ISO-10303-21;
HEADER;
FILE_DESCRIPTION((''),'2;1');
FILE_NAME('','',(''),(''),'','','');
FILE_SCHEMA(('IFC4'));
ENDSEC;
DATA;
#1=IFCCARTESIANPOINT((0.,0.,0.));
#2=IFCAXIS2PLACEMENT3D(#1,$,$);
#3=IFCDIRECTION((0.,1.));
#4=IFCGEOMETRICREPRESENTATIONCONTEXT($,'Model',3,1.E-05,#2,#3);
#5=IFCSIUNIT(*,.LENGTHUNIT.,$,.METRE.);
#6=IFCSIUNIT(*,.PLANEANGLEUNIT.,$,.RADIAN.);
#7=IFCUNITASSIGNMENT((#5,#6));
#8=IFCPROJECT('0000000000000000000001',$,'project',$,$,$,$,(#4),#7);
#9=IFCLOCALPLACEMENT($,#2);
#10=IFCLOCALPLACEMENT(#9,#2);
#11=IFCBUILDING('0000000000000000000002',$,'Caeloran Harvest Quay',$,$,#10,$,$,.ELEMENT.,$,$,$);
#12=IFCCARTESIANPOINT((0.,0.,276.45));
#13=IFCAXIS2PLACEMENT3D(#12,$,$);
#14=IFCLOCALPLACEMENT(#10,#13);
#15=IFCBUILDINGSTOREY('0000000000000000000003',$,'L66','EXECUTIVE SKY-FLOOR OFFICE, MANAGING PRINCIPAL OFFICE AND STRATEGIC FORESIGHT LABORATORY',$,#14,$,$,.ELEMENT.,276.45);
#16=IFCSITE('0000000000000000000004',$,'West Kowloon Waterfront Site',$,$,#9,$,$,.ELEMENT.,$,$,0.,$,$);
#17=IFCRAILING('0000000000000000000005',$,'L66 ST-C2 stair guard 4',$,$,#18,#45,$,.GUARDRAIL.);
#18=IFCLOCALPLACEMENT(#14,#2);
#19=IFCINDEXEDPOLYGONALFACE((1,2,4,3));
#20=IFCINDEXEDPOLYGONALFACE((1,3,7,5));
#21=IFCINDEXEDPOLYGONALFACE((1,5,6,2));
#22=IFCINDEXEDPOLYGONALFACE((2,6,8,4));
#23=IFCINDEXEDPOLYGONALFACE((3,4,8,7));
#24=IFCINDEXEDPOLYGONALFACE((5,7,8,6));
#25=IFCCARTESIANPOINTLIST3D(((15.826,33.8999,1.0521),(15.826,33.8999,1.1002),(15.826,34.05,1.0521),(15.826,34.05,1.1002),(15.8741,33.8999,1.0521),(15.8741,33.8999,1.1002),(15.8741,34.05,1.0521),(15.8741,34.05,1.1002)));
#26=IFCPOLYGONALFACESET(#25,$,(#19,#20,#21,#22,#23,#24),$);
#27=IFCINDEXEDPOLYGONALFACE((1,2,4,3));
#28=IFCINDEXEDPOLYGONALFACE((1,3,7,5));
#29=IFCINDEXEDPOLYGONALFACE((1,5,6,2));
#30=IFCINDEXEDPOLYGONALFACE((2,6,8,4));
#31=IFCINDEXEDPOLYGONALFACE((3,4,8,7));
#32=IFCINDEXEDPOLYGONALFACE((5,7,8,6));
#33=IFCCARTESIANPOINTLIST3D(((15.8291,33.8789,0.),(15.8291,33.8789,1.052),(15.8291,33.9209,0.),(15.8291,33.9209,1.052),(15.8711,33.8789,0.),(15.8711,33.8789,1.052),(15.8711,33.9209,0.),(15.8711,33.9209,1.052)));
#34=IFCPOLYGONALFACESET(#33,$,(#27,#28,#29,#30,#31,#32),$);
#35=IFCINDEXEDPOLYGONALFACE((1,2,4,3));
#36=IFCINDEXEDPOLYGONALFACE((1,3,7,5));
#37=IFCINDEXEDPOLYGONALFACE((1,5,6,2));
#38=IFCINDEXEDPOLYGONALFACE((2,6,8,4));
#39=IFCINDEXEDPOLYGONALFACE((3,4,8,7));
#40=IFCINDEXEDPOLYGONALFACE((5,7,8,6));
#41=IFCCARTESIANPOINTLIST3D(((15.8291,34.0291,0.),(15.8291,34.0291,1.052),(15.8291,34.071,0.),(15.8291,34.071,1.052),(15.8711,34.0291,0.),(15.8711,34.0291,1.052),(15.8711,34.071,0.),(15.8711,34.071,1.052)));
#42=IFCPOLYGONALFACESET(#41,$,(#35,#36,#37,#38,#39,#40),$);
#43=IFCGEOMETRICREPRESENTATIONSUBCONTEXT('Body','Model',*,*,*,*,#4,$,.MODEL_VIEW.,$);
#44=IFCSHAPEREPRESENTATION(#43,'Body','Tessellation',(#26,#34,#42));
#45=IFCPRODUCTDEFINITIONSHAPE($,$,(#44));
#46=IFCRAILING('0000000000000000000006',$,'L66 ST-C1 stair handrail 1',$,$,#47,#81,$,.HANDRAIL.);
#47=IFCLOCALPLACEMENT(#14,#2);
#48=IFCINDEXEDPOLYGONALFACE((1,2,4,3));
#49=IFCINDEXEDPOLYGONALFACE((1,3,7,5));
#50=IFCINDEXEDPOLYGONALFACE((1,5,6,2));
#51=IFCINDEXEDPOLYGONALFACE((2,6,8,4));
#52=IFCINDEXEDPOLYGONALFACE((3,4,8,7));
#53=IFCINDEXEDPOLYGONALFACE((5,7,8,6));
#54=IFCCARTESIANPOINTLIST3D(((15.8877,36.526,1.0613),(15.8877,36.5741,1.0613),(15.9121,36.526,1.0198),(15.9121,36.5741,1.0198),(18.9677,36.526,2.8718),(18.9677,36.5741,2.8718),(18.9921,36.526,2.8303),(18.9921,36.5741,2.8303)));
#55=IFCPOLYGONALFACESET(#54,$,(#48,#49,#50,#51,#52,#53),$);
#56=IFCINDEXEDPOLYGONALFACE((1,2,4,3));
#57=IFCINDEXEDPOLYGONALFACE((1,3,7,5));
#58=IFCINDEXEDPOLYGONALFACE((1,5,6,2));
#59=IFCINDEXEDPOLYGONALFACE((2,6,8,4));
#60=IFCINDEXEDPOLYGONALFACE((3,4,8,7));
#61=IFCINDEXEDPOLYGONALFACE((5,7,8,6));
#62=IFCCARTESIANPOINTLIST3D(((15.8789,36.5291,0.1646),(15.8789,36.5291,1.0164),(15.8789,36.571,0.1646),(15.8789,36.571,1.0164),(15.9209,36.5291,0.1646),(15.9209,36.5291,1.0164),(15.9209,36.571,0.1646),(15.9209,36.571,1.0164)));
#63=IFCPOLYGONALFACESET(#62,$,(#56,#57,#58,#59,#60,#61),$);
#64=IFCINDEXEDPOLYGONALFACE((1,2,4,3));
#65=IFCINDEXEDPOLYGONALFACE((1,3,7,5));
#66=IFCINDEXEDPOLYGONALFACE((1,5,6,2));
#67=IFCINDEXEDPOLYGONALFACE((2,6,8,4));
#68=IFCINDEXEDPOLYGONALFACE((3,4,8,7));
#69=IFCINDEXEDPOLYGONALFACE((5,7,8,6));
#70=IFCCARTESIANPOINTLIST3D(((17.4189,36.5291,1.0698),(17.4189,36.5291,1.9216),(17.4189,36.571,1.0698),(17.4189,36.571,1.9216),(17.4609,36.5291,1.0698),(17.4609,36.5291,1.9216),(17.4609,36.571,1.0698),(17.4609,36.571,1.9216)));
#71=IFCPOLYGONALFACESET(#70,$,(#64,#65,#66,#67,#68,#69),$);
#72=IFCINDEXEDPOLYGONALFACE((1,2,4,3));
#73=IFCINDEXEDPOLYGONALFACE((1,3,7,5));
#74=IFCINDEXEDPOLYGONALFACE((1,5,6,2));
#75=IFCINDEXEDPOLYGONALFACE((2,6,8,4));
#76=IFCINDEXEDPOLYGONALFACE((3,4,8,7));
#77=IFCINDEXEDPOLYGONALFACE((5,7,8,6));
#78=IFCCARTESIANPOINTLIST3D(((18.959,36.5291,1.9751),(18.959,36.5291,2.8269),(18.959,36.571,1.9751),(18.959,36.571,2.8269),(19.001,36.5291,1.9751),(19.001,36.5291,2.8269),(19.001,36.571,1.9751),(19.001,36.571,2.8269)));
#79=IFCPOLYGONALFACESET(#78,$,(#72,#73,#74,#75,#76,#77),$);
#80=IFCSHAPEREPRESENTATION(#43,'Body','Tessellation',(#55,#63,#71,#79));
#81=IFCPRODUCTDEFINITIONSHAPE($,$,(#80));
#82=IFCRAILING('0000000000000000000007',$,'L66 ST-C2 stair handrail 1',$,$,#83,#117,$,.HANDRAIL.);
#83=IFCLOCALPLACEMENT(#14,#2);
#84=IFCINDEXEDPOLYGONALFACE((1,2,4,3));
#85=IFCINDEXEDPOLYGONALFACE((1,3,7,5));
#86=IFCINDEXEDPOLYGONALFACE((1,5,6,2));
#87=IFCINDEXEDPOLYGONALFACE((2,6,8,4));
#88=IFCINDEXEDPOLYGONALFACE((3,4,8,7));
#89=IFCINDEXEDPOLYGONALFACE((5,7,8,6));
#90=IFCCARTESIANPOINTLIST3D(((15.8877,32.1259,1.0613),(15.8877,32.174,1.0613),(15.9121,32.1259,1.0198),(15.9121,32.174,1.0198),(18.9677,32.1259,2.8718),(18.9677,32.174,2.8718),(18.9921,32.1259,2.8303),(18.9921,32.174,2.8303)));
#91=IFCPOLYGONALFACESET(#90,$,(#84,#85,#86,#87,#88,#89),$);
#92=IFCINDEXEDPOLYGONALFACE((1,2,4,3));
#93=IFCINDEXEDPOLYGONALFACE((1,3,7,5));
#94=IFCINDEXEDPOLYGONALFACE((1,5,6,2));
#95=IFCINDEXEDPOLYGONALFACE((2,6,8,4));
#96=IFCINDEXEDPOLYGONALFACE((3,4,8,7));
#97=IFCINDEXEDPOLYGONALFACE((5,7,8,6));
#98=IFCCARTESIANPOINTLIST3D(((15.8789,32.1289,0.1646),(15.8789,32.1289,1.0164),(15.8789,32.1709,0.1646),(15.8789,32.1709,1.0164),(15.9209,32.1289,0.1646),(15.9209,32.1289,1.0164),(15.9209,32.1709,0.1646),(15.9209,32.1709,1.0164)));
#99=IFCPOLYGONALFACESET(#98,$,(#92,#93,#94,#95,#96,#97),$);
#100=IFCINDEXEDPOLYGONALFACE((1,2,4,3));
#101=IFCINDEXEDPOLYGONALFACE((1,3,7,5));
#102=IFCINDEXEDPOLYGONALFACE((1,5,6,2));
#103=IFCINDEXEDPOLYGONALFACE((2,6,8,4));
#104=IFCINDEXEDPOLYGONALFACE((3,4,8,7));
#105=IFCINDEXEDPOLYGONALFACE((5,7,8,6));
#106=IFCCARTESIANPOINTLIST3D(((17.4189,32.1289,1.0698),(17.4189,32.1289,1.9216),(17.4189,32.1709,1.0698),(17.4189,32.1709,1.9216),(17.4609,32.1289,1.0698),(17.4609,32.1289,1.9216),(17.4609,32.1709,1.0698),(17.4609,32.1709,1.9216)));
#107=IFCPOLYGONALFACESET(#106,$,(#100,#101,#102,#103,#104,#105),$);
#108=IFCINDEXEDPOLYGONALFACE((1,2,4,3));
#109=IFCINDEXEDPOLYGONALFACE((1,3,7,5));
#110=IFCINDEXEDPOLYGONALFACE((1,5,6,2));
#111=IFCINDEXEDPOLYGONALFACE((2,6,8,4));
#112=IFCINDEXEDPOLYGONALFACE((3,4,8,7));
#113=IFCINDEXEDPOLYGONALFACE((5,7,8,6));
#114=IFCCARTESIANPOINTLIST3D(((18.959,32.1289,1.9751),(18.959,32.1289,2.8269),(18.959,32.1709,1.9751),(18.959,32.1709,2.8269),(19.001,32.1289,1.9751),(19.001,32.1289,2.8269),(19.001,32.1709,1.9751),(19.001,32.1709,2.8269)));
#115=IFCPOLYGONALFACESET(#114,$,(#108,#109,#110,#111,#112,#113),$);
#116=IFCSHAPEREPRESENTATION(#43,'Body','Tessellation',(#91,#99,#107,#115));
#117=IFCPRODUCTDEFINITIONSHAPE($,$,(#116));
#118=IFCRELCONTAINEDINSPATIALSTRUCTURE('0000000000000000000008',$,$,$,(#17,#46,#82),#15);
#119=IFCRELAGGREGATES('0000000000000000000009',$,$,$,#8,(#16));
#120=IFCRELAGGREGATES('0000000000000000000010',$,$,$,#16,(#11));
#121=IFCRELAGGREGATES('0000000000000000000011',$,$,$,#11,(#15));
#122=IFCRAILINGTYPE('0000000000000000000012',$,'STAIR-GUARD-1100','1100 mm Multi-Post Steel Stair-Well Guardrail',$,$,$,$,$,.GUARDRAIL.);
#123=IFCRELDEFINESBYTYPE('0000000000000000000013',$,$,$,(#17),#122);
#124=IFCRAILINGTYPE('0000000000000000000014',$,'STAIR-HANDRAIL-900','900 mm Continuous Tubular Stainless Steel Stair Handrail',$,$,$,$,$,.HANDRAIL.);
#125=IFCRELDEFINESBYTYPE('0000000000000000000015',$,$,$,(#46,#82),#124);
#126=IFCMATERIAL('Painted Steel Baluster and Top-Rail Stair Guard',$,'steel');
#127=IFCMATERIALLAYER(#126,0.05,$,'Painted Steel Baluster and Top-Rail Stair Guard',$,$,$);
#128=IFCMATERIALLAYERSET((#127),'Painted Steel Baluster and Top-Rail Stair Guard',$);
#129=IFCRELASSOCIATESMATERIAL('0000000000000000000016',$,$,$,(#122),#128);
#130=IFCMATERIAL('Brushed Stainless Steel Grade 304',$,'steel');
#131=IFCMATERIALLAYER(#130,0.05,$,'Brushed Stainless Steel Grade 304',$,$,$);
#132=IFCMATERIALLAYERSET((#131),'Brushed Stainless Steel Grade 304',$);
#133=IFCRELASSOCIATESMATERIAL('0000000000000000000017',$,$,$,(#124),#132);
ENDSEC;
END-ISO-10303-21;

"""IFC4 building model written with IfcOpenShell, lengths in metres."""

from ifc_helpers import new_model, si_unit, direction, frame, origin, origin_2d, place, context, subcontext, project, spatial, rectangle, extrude, material, layer, layer_set, type_object, element, save


model = new_model("IFC4")

# Units and contexts
model_context = context("Model", 3, precision=1e-05, world=origin(), true_north=direction((0.0, 1.0)))
body_context = subcontext(model_context, "Body", "Model", "MODEL_VIEW")
ifc_project = project(units=[si_unit("LENGTHUNIT", "METRE"), si_unit("PLANEANGLEUNIT", "RADIAN")], contexts=[model_context])

# Site, building, storey
site_placement = place(None, origin())
site = spatial("IfcSite", under=ifc_project, at=site_placement, Name="West Kowloon Waterfront Site", CompositionType="ELEMENT", RefElevation=0.0)
building_placement = place(site_placement, origin())
building = spatial("IfcBuilding", under=site, at=building_placement, Name="Caeloran Harvest Quay", CompositionType="ELEMENT")
storey_placement = place(building_placement, frame((0.0, 0.0, 276.45)))
storey = spatial("IfcBuildingStorey", under=building, at=storey_placement, Name="L66", Description="EXECUTIVE SKY-FLOOR OFFICE, MANAGING PRINCIPAL OFFICE AND STRATEGIC FORESIGHT LABORATORY", CompositionType="ELEMENT", Elevation=276.45)

# Railings
ifc_material_1 = material(Name="Painted Steel Baluster and Top-Rail Stair Guard", Category="steel")
ifc_layer_1 = layer(ifc_material_1, 0.05, Name="Painted Steel Baluster and Top-Rail Stair Guard")
ifc_layer_set_1 = layer_set([ifc_layer_1], Name="Painted Steel Baluster and Top-Rail Stair Guard")
railing_type_1 = type_object("IfcRailingType", Name="STAIR-GUARD-1100", Description="1100 mm Multi-Post Steel Stair-Well Guardrail", PredefinedType="GUARDRAIL", material=ifc_layer_set_1)
railing_1_placement = place(storey_placement, frame((15.8501, 33.8999, 0.0)))
element("IfcRailing", 1, at=railing_1_placement, inside=storey, type_object=railing_type_1, Name="L66 ST-C2 stair guard 4", PredefinedType="GUARDRAIL", context=body_context, shape_type="SweptSolid", body=[
    extrude(rectangle(XDim=0.0481, YDim=0.0481, at=origin_2d()), frame((0.0, 0.0, 1.0762), z_axis=(0.0, 1.0, 0.0), x_axis=(-1.0, 0.0, 0.0)), (0.0, 0.0, 1.0), 0.1501),
    extrude(rectangle(XDim=0.042, YDim=0.042, at=origin_2d()), origin(), (0.0, 0.0, 1.0), 1.052),
    extrude(rectangle(XDim=0.042, YDim=0.042, at=origin_2d()), frame((0.0, 0.1501, 0.0)), (0.0, 0.0, 1.0), 1.052),
])
ifc_material_2 = material(Name="Brushed Stainless Steel Grade 304", Category="steel")
ifc_layer_2 = layer(ifc_material_2, 0.05, Name="Brushed Stainless Steel Grade 304")
ifc_layer_set_2 = layer_set([ifc_layer_2], Name="Brushed Stainless Steel Grade 304")
railing_type_2 = type_object("IfcRailingType", Name="STAIR-HANDRAIL-900", Description="900 mm Continuous Tubular Stainless Steel Stair Handrail", PredefinedType="HANDRAIL", material=ifc_layer_set_2)
for number, where, name in (
    (2, (15.8999, 36.55, 0.1646), "L66 ST-C1 stair handrail 1"),
    (3, (15.8999, 32.1499, 0.1646), "L66 ST-C2 stair handrail 1"),
):
    element("IfcRailing", number, at=place(storey_placement, frame(where)), inside=storey, type_object=railing_type_2, Name=name, PredefinedType="HANDRAIL", context=body_context, shape_type="SweptSolid", body=[
        extrude(rectangle(XDim=0.0481, YDim=0.0481, at=origin_2d()), frame((0.0, 0.0, 0.876), z_axis=(0.862089, 0.0, 0.506757), x_axis=(0.0, 1.0, 0.0)), (0.0, 0.0, 1.0), 3.5728),
        extrude(rectangle(XDim=0.042, YDim=0.042, at=origin_2d()), origin(), (0.0, 0.0, 1.0), 0.8518),
        extrude(rectangle(XDim=0.042, YDim=0.042, at=origin_2d()), frame((1.54, 0.0, 0.9053)), (0.0, 0.0, 1.0), 0.8518),
        extrude(rectangle(XDim=0.042, YDim=0.042, at=origin_2d()), frame((3.0801, 0.0, 1.8105)), (0.0, 0.0, 1.0), 0.8518),
    ])

save(model, "model.ifc")
